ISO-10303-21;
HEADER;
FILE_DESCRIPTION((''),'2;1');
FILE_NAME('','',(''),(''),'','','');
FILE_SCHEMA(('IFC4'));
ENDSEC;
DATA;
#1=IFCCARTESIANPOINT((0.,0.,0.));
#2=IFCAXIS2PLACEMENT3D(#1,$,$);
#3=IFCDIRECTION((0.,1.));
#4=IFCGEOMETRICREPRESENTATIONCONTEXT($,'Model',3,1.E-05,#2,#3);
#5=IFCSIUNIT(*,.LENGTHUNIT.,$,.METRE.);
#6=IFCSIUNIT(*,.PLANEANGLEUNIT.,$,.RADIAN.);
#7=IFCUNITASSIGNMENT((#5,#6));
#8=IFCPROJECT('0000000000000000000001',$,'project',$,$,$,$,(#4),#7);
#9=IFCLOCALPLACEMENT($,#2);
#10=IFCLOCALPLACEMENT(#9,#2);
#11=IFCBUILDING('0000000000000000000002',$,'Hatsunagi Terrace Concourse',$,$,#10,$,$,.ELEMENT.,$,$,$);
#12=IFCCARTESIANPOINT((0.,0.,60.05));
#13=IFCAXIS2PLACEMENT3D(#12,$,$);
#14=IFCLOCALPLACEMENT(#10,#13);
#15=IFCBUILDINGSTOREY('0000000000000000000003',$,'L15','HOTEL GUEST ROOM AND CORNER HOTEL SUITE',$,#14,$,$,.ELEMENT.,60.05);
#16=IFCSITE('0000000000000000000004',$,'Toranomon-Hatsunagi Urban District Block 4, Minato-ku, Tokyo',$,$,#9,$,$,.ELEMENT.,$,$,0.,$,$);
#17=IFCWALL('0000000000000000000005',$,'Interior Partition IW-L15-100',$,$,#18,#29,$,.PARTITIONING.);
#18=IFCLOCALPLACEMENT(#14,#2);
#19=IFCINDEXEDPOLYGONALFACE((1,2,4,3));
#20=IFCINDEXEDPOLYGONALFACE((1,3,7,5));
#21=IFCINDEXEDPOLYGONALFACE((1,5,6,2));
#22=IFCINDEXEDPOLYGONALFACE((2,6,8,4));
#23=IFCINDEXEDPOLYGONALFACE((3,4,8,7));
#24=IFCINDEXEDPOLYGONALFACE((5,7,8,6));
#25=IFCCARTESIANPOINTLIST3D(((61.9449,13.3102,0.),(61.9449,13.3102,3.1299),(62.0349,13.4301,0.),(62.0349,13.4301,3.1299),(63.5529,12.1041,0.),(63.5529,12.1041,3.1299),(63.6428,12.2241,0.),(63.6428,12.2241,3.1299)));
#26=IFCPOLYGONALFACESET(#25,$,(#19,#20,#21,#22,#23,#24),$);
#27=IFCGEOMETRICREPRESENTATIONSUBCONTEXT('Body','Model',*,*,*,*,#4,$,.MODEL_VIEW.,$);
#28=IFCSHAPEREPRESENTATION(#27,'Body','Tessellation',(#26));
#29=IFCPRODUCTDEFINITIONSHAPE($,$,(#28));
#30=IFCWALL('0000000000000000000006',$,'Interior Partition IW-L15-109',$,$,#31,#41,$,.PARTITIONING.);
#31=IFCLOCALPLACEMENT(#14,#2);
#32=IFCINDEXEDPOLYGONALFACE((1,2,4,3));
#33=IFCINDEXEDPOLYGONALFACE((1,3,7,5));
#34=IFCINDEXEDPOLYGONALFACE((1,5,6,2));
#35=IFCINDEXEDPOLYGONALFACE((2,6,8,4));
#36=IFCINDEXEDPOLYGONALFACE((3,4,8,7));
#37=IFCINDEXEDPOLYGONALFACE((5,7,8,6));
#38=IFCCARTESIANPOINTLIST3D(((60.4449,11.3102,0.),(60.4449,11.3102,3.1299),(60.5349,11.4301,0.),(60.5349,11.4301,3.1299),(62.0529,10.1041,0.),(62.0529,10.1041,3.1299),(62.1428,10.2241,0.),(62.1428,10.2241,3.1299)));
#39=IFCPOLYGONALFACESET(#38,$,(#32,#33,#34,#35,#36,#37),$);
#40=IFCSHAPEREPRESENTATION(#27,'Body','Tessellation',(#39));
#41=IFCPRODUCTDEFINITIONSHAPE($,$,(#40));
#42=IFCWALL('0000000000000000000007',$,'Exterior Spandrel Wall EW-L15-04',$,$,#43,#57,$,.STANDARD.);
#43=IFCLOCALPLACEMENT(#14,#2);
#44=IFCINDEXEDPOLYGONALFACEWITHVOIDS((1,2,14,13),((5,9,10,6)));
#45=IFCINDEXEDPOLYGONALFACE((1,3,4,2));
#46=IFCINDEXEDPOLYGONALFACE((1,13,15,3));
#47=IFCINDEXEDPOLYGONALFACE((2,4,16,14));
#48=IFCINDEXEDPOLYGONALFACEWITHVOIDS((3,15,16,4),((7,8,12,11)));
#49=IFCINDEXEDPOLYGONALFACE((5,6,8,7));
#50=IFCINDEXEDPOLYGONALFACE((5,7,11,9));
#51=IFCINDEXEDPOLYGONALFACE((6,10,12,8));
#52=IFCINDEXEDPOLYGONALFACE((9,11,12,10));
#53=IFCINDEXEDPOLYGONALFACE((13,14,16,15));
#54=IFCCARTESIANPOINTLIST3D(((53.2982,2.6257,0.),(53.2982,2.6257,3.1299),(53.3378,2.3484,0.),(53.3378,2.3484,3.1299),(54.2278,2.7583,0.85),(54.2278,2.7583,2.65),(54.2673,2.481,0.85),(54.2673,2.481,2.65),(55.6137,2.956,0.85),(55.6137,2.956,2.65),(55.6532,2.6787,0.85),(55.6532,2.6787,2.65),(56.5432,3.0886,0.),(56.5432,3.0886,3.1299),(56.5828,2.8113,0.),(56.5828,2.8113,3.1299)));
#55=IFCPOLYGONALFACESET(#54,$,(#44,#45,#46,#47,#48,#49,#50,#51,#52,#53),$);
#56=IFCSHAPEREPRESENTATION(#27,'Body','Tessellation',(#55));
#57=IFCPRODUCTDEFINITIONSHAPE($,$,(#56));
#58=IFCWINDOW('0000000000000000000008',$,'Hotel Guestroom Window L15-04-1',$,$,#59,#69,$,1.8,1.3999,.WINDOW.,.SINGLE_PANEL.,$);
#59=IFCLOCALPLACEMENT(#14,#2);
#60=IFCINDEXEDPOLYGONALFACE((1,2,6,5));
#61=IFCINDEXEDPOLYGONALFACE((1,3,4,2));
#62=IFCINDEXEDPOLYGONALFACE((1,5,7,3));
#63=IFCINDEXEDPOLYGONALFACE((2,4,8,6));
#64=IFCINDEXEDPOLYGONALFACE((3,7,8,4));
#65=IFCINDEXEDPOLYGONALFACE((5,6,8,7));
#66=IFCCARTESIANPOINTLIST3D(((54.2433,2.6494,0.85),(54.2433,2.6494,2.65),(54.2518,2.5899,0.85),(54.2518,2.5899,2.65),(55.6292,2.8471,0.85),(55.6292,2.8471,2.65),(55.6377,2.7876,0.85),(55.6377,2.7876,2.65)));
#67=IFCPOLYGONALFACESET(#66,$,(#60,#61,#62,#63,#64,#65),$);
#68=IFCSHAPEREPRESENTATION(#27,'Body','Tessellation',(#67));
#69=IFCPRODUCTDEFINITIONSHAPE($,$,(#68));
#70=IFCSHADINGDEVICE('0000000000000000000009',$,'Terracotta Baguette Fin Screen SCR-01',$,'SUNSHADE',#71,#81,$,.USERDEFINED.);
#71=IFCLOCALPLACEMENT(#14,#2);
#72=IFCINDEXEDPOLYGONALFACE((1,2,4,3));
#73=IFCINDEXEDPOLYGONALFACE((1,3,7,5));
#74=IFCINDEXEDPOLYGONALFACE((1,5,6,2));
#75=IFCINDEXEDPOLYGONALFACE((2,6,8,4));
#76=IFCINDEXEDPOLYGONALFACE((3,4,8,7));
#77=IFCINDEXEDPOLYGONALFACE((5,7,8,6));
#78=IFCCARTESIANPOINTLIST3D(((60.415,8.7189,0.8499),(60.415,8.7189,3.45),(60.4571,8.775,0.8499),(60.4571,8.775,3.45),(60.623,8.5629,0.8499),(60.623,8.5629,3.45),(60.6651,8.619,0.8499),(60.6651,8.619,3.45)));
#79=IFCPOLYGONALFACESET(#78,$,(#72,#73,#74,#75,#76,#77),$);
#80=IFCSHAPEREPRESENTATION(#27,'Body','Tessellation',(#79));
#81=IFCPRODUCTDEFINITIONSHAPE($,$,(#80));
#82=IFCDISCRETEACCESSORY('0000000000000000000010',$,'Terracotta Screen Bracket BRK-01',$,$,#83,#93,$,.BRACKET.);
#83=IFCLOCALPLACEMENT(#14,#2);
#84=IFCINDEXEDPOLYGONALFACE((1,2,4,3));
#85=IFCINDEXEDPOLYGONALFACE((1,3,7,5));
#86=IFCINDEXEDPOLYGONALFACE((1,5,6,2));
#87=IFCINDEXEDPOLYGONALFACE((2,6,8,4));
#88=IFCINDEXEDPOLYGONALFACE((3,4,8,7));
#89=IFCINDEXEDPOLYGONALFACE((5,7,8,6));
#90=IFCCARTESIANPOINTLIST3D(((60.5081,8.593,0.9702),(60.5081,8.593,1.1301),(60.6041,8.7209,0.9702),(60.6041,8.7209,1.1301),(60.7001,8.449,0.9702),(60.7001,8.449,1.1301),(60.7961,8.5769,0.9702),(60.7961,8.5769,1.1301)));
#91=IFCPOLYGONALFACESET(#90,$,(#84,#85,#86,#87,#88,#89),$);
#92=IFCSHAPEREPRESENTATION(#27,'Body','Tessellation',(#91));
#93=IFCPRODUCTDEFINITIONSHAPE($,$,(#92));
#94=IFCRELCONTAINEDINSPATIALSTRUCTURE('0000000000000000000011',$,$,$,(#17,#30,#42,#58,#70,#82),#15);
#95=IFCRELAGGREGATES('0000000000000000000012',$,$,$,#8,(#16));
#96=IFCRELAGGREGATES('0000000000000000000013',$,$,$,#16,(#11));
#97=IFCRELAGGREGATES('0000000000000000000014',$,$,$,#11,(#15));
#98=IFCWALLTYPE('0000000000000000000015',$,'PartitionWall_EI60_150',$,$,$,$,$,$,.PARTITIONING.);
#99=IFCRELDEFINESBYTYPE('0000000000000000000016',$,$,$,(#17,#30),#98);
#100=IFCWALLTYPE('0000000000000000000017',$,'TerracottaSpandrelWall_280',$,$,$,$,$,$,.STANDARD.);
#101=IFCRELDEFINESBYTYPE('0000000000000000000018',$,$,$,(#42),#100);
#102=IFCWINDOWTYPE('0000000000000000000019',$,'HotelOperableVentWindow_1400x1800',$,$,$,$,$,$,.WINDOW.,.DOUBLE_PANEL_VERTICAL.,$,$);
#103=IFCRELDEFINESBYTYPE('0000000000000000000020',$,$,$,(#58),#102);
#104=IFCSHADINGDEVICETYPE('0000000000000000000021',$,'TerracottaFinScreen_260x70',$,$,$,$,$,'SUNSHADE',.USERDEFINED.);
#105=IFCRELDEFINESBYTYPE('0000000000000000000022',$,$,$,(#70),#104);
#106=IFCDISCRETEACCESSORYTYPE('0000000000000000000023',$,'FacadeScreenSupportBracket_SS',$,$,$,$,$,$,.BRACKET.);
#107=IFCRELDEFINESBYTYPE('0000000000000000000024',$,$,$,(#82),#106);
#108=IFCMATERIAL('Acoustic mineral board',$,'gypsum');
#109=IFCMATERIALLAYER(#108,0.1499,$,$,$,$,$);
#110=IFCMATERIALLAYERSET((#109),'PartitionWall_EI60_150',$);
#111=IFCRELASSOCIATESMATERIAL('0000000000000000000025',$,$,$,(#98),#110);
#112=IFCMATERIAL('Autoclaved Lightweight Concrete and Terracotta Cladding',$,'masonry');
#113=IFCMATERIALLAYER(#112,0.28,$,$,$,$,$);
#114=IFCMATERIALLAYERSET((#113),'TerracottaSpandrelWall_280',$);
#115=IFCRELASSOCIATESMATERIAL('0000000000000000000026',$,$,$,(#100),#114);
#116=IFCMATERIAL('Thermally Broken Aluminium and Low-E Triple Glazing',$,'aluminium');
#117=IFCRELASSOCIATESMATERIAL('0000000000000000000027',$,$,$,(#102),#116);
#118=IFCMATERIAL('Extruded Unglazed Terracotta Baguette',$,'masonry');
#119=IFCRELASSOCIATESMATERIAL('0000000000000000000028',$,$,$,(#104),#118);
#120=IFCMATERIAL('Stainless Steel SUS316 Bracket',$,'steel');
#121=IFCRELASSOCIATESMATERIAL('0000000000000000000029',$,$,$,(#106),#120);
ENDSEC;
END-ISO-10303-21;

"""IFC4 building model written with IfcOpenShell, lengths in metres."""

from ifc_helpers import new_model, si_unit, direction, frame, frame_2d, origin, origin_2d, place, context, subcontext, project, spatial, rectangle, extrude, material, layer, layer_set, type_object, element, fill, save


model = new_model("IFC4")

# Units and contexts
model_context = context("Model", 3, precision=1e-05, world=origin(), true_north=direction((0.0, 1.0)))
body_context = subcontext(model_context, "Body", "Model", "MODEL_VIEW")
ifc_project = project(units=[si_unit("LENGTHUNIT", "METRE"), si_unit("PLANEANGLEUNIT", "RADIAN")], contexts=[model_context])

# Site, building, storey
site_placement = place(None, origin())
site = spatial("IfcSite", under=ifc_project, at=site_placement, Name="Toranomon-Hatsunagi Urban District Block 4, Minato-ku, Tokyo", CompositionType="ELEMENT", RefElevation=0.0)
building_placement = place(site_placement, origin())
building = spatial("IfcBuilding", under=site, at=building_placement, Name="Hatsunagi Terrace Concourse", CompositionType="ELEMENT")
storey_placement = place(building_placement, frame((0.0, 0.0, 60.05)))
storey = spatial("IfcBuildingStorey", under=building, at=storey_placement, Name="L15", Description="HOTEL GUEST ROOM AND CORNER HOTEL SUITE", CompositionType="ELEMENT", Elevation=60.05)

# Walls
ifc_material_1 = material(Name="Acoustic mineral board", Category="gypsum")
ifc_layer_1 = layer(ifc_material_1, 0.1499)
ifc_layer_set_1 = layer_set([ifc_layer_1], Name="PartitionWall_EI60_150")
wall_type_1 = type_object("IfcWallType", Name="PartitionWall_EI60_150", PredefinedType="PARTITIONING", material=ifc_layer_set_1)
for number, where, z_axis, x_axis, name in (
    (1, (61.99, 13.3701, 0.0), (0.0, 0.0, 1.0), (0.799971, -0.600039, 0.0), "Interior Partition IW-L15-100"),
    (2, (60.49, 11.3701, 0.0), (0.0, 0.0, 1.0), (0.799971, -0.600039, 0.0), "Interior Partition IW-L15-109"),
):
    element("IfcWall", number, at=place(storey_placement, frame(where, z_axis=z_axis, x_axis=x_axis)), inside=storey, type_object=wall_type_1, Name=name, PredefinedType="PARTITIONING", context=body_context, shape_type="SweptSolid", body=[
        extrude(rectangle(XDim=2.01, YDim=0.1499, at=frame_2d((1.0049, 0.0))), origin(), (0.0, 0.0, 1.0), 3.1299),
    ])

# Wall, opening, window
ifc_material_2 = material(Name="Autoclaved Lightweight Concrete and Terracotta Cladding", Category="masonry")
ifc_layer_2 = layer(ifc_material_2, 0.28)
ifc_layer_set_2 = layer_set([ifc_layer_2], Name="TerracottaSpandrelWall_280")
wall_type_2 = type_object("IfcWallType", Name="TerracottaSpandrelWall_280", PredefinedType="STANDARD", material=ifc_layer_set_2)
wall_1_placement = place(storey_placement, frame((56.563, 2.95, 0.0), z_axis=(0.0, 0.0, 1.0), x_axis=(-0.989978, -0.141223, 0.0)))
wall_1 = element("IfcWall", 3, at=wall_1_placement, inside=storey, type_object=wall_type_2, Name="Exterior Spandrel Wall EW-L15-04", PredefinedType="STANDARD", context=body_context, shape_type="SweptSolid", body=[
    extrude(rectangle(XDim=3.2778, YDim=0.28, at=frame_2d((1.6389, 0.0))), origin(), (0.0, 0.0, 1.0), 3.1299),
])
opening_1_placement = place(wall_1_placement, frame((0.939, 0.0, 0.8501)))
opening_1 = element("IfcOpeningElement", 4, at=opening_1_placement, cuts=wall_1, PredefinedType="OPENING", context=body_context, shape_type="SweptSolid", body=[
    extrude(rectangle(XDim=1.3999, YDim=1.8, at=frame_2d((0.7, 0.8999))), frame((0.0, 0.1499, 0.0), z_axis=(0.0, -1.0, 0.0), x_axis=(1.0, 0.0, 0.0)), (0.0, 0.0, 1.0), 0.3),
])
ifc_material_3 = material(Name="Thermally Broken Aluminium and Low-E Triple Glazing", Category="aluminium")
window_type = type_object("IfcWindowType", Name="HotelOperableVentWindow_1400x1800", PartitioningType="DOUBLE_PANEL_VERTICAL", PredefinedType="WINDOW", material=ifc_material_3)
window_placement = place(opening_1_placement, origin())
window = element("IfcWindow", 5, at=window_placement, inside=storey, type_object=window_type, Name="Hotel Guestroom Window L15-04-1", OverallHeight=1.8, OverallWidth=1.3999, PartitioningType="SINGLE_PANEL", PredefinedType="WINDOW", context=body_context, shape_type="SweptSolid", body=[
    extrude(rectangle(XDim=1.3999, YDim=1.8, at=frame_2d((0.7, 0.8999))), frame((0.0, 0.03, 0.0), z_axis=(0.0, -1.0, 0.0), x_axis=(1.0, 0.0, 0.0)), (0.0, 0.0, 1.0), 0.0601),
])
fill(opening_1, window)

# Shading device
ifc_material_4 = material(Name="Extruded Unglazed Terracotta Baguette", Category="masonry")
shading_device_type = type_object("IfcShadingDeviceType", Name="TerracottaFinScreen_260x70", ElementType="SUNSHADE", PredefinedType="USERDEFINED", material=ifc_material_4)
shading_device_placement = place(storey_placement, frame((60.54, 8.6689, 0.8499), z_axis=(0.0, 0.0, 1.0), x_axis=(-0.599969, -0.800023, 0.0)))
element("IfcShadingDevice", 6, at=shading_device_placement, inside=storey, type_object=shading_device_type, Name="Terracotta Baguette Fin Screen SCR-01", ObjectType="SUNSHADE", PredefinedType="USERDEFINED", context=body_context, shape_type="SweptSolid", body=[
    extrude(rectangle(XDim=0.0701, YDim=0.26, at=origin_2d()), origin(), (0.0, 0.0, 1.0), 2.6001),
])

# Discrete accessory
ifc_material_5 = material(Name="Stainless Steel SUS316 Bracket", Category="steel")
discrete_accessory_type = type_object("IfcDiscreteAccessoryType", Name="FacadeScreenSupportBracket_SS", PredefinedType="BRACKET", material=ifc_material_5)
discrete_accessory_placement = place(storey_placement, frame((60.6521, 8.585, 0.9702), z_axis=(0.0, 0.0, 1.0), x_axis=(-0.599969, -0.800023, 0.0)))
element("IfcDiscreteAccessory", 7, at=discrete_accessory_placement, inside=storey, type_object=discrete_accessory_type, Name="Terracotta Screen Bracket BRK-01", PredefinedType="BRACKET", context=body_context, shape_type="SweptSolid", body=[
    extrude(rectangle(XDim=0.1599, YDim=0.24, at=origin_2d()), origin(), (0.0, 0.0, 1.0), 0.1599),
])

save(model, "model.ifc")
